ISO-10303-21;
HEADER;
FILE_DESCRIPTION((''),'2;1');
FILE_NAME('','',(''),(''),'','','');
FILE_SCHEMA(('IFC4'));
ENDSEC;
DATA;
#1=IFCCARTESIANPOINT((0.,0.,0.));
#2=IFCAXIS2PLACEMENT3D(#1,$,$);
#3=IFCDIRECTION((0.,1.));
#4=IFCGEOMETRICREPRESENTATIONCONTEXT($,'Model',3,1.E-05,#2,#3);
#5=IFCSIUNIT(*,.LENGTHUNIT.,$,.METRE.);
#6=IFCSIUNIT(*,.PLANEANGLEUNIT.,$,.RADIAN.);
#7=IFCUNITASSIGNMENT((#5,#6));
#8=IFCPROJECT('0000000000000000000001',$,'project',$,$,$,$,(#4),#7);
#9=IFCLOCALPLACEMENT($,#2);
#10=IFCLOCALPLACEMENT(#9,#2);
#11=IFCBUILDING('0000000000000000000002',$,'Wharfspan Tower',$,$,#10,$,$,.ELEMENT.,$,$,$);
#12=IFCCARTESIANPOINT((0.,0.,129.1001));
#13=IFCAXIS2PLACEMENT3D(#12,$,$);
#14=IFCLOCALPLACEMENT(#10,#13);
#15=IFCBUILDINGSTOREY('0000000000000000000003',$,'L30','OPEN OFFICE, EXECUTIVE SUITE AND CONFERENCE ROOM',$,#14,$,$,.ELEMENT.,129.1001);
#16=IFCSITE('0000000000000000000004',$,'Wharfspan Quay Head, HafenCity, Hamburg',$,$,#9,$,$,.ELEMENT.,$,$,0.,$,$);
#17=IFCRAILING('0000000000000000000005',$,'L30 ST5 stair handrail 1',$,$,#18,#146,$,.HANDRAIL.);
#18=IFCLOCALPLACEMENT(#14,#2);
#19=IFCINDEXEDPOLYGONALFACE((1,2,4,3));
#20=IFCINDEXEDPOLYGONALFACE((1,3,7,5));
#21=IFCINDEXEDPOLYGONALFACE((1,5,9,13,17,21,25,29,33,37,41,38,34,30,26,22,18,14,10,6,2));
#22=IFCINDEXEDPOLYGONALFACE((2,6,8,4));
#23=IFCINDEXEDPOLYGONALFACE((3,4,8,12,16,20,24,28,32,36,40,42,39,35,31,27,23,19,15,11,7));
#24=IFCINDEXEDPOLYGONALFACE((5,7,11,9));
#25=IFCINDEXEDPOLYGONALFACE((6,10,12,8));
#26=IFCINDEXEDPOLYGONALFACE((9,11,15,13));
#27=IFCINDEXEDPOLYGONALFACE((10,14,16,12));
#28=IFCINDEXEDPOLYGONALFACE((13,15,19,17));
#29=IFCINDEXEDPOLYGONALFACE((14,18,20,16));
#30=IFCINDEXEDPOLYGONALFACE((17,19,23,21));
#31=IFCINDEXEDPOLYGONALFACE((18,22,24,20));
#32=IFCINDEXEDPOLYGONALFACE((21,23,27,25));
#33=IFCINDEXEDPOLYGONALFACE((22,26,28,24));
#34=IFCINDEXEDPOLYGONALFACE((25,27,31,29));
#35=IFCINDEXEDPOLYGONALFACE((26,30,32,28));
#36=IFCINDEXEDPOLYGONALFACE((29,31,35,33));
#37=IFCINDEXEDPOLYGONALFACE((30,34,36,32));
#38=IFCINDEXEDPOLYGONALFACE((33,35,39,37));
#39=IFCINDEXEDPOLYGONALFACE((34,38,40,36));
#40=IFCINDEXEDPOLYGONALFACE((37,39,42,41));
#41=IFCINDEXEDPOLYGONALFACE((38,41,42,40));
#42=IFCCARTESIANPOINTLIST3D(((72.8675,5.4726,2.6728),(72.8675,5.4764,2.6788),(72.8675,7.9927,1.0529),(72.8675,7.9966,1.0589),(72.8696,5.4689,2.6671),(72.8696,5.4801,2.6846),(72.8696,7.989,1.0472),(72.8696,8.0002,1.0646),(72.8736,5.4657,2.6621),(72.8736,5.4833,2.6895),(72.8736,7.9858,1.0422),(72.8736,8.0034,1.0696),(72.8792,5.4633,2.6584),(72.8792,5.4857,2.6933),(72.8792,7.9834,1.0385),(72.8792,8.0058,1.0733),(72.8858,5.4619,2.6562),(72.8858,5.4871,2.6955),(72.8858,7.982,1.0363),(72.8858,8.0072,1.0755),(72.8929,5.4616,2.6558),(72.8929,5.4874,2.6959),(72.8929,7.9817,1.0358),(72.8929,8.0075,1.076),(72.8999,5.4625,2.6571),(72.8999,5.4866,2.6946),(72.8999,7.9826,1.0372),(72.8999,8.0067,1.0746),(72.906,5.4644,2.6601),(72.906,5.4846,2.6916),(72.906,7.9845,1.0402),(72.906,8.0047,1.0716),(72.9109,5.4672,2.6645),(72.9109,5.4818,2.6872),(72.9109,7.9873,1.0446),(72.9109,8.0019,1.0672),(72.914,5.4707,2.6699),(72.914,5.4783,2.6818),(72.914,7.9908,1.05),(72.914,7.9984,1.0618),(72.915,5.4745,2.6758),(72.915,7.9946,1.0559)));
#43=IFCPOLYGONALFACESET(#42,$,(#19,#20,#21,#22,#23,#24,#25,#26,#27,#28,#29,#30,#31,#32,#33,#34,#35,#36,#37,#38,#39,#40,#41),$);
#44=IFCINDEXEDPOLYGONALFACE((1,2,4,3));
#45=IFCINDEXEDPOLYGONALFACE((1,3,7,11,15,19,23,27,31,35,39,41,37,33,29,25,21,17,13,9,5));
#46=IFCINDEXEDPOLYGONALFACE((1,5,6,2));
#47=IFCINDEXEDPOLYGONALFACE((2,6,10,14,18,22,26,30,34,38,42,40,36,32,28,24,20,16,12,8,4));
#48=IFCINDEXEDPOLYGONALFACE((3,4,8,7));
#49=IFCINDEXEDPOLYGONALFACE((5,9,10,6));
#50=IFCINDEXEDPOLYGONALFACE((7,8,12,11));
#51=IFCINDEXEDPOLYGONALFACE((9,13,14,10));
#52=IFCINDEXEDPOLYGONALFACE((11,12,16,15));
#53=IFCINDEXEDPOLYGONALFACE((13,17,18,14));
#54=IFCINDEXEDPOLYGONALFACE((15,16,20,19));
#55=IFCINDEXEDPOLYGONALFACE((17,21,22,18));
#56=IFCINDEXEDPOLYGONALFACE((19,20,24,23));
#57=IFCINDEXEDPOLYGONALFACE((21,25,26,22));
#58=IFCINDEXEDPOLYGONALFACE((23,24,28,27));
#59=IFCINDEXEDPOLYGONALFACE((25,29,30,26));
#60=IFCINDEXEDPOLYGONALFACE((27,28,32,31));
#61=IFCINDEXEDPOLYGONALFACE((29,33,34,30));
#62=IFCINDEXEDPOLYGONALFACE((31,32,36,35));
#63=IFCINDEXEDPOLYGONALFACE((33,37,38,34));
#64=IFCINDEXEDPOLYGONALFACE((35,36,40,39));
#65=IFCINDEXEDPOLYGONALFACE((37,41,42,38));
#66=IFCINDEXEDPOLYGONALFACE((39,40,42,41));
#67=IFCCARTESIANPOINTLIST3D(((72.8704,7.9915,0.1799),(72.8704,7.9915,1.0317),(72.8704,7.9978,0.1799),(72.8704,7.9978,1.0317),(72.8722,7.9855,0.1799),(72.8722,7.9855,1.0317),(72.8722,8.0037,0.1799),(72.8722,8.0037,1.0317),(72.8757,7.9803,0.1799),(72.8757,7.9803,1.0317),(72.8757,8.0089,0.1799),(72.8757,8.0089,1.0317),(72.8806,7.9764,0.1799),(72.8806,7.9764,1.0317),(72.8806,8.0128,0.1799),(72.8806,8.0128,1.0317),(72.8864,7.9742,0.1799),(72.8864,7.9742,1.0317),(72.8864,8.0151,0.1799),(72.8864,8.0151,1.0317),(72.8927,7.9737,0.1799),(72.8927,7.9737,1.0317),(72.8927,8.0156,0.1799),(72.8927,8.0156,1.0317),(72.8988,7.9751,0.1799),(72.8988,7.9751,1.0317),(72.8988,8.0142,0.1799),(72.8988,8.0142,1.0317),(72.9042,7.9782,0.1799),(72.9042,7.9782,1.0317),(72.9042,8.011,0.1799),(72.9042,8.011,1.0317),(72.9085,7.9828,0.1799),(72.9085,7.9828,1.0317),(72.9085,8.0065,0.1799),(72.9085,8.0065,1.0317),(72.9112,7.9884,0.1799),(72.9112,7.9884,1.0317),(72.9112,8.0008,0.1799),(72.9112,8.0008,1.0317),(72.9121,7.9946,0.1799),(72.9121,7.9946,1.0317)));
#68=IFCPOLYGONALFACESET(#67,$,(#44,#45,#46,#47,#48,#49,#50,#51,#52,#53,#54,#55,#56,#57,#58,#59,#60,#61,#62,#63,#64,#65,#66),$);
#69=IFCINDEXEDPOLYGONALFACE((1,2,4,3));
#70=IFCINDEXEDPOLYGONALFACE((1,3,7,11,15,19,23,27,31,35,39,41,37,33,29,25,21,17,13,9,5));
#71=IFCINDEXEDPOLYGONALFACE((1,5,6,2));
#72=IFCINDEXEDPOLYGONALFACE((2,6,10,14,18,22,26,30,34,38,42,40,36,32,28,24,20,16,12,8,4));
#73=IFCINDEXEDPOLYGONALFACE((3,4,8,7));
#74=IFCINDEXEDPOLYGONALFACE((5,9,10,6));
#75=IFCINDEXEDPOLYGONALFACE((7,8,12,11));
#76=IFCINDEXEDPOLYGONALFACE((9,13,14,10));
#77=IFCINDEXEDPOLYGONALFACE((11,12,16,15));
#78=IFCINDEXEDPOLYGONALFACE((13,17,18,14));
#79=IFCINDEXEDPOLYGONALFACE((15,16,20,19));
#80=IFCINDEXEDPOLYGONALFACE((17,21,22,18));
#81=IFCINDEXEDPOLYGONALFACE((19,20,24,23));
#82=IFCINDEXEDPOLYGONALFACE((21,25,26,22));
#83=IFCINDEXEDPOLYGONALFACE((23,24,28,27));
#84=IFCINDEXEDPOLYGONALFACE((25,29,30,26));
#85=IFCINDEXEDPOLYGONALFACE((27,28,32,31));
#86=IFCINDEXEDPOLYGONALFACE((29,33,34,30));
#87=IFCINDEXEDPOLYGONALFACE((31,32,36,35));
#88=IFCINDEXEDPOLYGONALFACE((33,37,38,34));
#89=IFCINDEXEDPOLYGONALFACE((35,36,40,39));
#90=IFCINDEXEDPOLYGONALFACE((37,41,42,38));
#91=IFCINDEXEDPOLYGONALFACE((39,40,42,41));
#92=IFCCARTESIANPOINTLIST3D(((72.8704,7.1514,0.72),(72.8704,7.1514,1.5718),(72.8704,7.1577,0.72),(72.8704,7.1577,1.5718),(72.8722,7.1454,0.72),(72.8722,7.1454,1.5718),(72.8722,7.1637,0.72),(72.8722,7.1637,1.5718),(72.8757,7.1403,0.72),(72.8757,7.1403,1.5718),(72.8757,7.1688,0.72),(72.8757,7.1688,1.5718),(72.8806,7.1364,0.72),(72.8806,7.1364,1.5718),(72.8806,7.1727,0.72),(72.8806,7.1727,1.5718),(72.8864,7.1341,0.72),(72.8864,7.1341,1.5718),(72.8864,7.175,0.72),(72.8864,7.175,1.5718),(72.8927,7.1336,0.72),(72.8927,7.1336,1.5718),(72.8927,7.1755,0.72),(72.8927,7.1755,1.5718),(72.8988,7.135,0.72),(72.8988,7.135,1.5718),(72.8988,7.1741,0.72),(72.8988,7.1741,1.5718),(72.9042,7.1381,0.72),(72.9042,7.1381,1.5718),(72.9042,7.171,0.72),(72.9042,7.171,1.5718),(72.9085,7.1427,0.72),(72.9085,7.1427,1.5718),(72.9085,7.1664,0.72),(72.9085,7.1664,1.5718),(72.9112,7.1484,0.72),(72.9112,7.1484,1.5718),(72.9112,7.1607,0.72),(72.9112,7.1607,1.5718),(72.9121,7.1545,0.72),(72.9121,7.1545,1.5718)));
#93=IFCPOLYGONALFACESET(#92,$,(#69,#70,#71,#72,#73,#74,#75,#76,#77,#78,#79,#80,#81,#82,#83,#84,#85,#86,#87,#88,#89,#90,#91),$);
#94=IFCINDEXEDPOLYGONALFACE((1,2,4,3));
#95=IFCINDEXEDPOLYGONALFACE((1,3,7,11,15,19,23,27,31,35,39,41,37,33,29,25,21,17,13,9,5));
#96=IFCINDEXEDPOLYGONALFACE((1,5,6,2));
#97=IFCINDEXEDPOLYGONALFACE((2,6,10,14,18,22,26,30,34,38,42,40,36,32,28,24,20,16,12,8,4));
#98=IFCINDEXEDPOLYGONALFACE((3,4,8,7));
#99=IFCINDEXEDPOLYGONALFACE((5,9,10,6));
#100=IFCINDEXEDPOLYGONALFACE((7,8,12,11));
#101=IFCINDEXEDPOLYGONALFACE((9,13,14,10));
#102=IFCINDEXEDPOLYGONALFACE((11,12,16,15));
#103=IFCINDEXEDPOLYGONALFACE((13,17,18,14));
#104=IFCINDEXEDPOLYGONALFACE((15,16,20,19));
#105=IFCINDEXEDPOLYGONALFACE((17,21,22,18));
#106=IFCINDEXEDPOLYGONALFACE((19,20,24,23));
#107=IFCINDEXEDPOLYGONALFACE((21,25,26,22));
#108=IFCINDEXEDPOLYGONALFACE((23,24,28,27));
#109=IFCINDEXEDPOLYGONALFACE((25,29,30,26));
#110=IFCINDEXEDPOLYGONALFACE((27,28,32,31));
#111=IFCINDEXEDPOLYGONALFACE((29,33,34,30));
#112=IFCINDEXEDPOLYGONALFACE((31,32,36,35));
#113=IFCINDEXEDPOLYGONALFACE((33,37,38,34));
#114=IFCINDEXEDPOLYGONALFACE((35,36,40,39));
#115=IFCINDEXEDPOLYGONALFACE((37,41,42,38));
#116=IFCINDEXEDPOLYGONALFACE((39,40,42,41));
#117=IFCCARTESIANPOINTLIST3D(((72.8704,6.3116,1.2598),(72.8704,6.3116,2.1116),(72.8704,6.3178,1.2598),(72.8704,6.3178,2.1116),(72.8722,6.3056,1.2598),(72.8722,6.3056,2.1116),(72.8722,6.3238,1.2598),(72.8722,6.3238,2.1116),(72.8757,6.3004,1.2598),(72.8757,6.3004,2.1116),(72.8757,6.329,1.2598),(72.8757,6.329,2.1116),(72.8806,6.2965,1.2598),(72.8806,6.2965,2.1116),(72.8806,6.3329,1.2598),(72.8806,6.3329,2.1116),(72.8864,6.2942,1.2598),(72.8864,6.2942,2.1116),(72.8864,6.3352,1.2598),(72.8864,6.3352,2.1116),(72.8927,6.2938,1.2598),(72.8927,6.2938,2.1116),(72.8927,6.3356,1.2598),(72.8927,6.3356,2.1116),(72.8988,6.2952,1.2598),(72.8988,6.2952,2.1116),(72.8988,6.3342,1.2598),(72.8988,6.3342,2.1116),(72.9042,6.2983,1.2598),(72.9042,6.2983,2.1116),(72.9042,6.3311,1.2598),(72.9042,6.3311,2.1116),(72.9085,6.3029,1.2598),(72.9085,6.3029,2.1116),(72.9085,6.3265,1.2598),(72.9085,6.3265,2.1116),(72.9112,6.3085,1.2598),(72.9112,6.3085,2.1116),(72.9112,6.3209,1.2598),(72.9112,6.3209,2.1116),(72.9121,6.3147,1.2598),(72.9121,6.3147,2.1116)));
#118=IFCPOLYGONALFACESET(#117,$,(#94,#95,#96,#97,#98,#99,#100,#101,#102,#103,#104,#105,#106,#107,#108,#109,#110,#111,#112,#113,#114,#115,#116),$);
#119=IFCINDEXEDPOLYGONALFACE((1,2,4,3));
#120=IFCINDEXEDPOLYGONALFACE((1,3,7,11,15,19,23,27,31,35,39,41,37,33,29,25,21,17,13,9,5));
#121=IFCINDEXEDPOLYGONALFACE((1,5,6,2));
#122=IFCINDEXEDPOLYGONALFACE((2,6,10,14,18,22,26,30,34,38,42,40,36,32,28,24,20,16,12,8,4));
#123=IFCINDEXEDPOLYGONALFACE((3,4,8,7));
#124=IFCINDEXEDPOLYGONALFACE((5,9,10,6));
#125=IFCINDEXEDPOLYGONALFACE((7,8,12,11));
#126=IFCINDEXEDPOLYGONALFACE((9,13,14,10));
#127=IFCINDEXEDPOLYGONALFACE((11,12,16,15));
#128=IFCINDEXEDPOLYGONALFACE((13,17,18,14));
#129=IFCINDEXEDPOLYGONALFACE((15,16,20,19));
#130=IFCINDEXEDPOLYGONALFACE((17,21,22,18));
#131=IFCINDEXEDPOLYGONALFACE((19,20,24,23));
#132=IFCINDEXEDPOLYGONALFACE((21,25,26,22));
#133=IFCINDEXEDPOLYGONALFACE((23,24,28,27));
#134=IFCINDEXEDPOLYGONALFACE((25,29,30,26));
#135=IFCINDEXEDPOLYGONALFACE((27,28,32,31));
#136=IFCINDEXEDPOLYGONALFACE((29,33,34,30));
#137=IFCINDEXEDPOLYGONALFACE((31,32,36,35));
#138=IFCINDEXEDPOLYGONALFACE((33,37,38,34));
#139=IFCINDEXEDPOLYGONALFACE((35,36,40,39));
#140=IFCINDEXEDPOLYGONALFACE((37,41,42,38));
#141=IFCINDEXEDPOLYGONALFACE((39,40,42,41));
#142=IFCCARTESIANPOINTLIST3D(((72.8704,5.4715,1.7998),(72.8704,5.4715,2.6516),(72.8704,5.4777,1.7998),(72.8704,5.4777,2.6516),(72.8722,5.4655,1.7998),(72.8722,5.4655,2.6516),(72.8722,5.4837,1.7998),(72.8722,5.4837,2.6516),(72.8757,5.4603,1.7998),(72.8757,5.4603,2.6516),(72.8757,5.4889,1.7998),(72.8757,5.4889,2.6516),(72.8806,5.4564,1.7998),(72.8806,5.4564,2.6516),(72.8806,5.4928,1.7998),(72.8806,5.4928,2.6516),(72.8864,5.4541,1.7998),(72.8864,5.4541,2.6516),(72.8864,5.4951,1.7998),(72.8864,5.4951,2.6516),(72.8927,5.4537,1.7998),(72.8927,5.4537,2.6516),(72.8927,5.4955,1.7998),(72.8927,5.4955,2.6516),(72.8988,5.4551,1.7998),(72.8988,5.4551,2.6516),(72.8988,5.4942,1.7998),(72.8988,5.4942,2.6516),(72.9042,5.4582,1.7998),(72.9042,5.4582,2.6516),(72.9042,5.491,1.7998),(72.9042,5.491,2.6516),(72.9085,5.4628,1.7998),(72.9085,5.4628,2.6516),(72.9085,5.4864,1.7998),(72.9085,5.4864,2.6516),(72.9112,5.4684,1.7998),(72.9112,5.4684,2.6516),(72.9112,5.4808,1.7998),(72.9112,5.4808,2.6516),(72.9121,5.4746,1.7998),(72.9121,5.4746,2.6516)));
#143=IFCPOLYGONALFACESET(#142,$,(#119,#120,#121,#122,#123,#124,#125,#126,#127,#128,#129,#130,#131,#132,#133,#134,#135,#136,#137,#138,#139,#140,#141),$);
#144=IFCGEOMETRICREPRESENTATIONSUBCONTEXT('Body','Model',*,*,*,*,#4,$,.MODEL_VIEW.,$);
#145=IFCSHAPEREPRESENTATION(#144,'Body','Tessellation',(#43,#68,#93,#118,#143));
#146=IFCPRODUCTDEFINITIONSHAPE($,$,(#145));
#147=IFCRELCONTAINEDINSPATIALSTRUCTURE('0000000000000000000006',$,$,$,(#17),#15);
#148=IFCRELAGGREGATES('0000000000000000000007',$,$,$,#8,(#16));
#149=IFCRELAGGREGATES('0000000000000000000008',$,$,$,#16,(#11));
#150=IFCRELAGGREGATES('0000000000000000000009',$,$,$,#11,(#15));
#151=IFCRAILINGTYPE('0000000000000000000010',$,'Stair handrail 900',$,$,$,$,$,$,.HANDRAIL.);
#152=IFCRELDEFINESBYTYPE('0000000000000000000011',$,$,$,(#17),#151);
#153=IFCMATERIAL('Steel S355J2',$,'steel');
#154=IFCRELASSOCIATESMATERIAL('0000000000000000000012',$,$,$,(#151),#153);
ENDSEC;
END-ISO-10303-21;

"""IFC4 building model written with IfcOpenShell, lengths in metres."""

from ifc_helpers import new_model, si_unit, direction, frame, origin, origin_2d, place, context, subcontext, project, spatial, circle, extrude, material, type_object, element, save


model = new_model("IFC4")

# Units and contexts
model_context = context("Model", 3, precision=1e-05, world=origin(), true_north=direction((0.0, 1.0)))
body_context = subcontext(model_context, "Body", "Model", "MODEL_VIEW")
ifc_project = project(units=[si_unit("LENGTHUNIT", "METRE"), si_unit("PLANEANGLEUNIT", "RADIAN")], contexts=[model_context])

# Site, building, storey
site_placement = place(None, origin())
site = spatial("IfcSite", under=ifc_project, at=site_placement, Name="Wharfspan Quay Head, HafenCity, Hamburg", CompositionType="ELEMENT", RefElevation=0.0)
building_placement = place(site_placement, origin())
building = spatial("IfcBuilding", under=site, at=building_placement, Name="Wharfspan Tower", CompositionType="ELEMENT")
storey_placement = place(building_placement, frame((0.0, 0.0, 129.1001)))
storey = spatial("IfcBuildingStorey", under=building, at=storey_placement, Name="L30", Description="OPEN OFFICE, EXECUTIVE SUITE AND CONFERENCE ROOM", CompositionType="ELEMENT", Elevation=129.1001)

# Shared definitions
ifc_material_1 = material(Name="Steel S355J2", Category="steel")

# Railing
railing_type_1 = type_object("IfcRailingType", Name="Stair handrail 900", PredefinedType="HANDRAIL", material=ifc_material_1)
railing_1_placement = place(storey_placement, frame((72.8911, 7.9946, 0.1799)))
element("IfcRailing", 1, at=railing_1_placement, inside=storey, type_object=railing_type_1, Name="L30 ST5 stair handrail 1", PredefinedType="HANDRAIL", context=body_context, shape_type="SweptSolid", body=[
    extrude(circle(Radius=0.0239, at=origin_2d()), frame((0.0, 0.0, 0.876), z_axis=(0.0, -0.8412, 0.540725), x_axis=(1.0, 0.0, 0.0)), (0.0, 0.0, 1.0), 2.9958),
    extrude(circle(Radius=0.021, at=origin_2d()), origin(), (0.0, 0.0, 1.0), 0.8518),
    extrude(circle(Radius=0.021, at=origin_2d()), frame((0.0, -0.8401, 0.54)), (0.0, 0.0, 1.0), 0.8518),
    extrude(circle(Radius=0.021, at=origin_2d()), frame((0.0, -1.6799, 1.0798)), (0.0, 0.0, 1.0), 0.8518),
    extrude(circle(Radius=0.021, at=origin_2d()), frame((0.0, -2.52, 1.6199)), (0.0, 0.0, 1.0), 0.8518),
])

save(model, "model.ifc")
